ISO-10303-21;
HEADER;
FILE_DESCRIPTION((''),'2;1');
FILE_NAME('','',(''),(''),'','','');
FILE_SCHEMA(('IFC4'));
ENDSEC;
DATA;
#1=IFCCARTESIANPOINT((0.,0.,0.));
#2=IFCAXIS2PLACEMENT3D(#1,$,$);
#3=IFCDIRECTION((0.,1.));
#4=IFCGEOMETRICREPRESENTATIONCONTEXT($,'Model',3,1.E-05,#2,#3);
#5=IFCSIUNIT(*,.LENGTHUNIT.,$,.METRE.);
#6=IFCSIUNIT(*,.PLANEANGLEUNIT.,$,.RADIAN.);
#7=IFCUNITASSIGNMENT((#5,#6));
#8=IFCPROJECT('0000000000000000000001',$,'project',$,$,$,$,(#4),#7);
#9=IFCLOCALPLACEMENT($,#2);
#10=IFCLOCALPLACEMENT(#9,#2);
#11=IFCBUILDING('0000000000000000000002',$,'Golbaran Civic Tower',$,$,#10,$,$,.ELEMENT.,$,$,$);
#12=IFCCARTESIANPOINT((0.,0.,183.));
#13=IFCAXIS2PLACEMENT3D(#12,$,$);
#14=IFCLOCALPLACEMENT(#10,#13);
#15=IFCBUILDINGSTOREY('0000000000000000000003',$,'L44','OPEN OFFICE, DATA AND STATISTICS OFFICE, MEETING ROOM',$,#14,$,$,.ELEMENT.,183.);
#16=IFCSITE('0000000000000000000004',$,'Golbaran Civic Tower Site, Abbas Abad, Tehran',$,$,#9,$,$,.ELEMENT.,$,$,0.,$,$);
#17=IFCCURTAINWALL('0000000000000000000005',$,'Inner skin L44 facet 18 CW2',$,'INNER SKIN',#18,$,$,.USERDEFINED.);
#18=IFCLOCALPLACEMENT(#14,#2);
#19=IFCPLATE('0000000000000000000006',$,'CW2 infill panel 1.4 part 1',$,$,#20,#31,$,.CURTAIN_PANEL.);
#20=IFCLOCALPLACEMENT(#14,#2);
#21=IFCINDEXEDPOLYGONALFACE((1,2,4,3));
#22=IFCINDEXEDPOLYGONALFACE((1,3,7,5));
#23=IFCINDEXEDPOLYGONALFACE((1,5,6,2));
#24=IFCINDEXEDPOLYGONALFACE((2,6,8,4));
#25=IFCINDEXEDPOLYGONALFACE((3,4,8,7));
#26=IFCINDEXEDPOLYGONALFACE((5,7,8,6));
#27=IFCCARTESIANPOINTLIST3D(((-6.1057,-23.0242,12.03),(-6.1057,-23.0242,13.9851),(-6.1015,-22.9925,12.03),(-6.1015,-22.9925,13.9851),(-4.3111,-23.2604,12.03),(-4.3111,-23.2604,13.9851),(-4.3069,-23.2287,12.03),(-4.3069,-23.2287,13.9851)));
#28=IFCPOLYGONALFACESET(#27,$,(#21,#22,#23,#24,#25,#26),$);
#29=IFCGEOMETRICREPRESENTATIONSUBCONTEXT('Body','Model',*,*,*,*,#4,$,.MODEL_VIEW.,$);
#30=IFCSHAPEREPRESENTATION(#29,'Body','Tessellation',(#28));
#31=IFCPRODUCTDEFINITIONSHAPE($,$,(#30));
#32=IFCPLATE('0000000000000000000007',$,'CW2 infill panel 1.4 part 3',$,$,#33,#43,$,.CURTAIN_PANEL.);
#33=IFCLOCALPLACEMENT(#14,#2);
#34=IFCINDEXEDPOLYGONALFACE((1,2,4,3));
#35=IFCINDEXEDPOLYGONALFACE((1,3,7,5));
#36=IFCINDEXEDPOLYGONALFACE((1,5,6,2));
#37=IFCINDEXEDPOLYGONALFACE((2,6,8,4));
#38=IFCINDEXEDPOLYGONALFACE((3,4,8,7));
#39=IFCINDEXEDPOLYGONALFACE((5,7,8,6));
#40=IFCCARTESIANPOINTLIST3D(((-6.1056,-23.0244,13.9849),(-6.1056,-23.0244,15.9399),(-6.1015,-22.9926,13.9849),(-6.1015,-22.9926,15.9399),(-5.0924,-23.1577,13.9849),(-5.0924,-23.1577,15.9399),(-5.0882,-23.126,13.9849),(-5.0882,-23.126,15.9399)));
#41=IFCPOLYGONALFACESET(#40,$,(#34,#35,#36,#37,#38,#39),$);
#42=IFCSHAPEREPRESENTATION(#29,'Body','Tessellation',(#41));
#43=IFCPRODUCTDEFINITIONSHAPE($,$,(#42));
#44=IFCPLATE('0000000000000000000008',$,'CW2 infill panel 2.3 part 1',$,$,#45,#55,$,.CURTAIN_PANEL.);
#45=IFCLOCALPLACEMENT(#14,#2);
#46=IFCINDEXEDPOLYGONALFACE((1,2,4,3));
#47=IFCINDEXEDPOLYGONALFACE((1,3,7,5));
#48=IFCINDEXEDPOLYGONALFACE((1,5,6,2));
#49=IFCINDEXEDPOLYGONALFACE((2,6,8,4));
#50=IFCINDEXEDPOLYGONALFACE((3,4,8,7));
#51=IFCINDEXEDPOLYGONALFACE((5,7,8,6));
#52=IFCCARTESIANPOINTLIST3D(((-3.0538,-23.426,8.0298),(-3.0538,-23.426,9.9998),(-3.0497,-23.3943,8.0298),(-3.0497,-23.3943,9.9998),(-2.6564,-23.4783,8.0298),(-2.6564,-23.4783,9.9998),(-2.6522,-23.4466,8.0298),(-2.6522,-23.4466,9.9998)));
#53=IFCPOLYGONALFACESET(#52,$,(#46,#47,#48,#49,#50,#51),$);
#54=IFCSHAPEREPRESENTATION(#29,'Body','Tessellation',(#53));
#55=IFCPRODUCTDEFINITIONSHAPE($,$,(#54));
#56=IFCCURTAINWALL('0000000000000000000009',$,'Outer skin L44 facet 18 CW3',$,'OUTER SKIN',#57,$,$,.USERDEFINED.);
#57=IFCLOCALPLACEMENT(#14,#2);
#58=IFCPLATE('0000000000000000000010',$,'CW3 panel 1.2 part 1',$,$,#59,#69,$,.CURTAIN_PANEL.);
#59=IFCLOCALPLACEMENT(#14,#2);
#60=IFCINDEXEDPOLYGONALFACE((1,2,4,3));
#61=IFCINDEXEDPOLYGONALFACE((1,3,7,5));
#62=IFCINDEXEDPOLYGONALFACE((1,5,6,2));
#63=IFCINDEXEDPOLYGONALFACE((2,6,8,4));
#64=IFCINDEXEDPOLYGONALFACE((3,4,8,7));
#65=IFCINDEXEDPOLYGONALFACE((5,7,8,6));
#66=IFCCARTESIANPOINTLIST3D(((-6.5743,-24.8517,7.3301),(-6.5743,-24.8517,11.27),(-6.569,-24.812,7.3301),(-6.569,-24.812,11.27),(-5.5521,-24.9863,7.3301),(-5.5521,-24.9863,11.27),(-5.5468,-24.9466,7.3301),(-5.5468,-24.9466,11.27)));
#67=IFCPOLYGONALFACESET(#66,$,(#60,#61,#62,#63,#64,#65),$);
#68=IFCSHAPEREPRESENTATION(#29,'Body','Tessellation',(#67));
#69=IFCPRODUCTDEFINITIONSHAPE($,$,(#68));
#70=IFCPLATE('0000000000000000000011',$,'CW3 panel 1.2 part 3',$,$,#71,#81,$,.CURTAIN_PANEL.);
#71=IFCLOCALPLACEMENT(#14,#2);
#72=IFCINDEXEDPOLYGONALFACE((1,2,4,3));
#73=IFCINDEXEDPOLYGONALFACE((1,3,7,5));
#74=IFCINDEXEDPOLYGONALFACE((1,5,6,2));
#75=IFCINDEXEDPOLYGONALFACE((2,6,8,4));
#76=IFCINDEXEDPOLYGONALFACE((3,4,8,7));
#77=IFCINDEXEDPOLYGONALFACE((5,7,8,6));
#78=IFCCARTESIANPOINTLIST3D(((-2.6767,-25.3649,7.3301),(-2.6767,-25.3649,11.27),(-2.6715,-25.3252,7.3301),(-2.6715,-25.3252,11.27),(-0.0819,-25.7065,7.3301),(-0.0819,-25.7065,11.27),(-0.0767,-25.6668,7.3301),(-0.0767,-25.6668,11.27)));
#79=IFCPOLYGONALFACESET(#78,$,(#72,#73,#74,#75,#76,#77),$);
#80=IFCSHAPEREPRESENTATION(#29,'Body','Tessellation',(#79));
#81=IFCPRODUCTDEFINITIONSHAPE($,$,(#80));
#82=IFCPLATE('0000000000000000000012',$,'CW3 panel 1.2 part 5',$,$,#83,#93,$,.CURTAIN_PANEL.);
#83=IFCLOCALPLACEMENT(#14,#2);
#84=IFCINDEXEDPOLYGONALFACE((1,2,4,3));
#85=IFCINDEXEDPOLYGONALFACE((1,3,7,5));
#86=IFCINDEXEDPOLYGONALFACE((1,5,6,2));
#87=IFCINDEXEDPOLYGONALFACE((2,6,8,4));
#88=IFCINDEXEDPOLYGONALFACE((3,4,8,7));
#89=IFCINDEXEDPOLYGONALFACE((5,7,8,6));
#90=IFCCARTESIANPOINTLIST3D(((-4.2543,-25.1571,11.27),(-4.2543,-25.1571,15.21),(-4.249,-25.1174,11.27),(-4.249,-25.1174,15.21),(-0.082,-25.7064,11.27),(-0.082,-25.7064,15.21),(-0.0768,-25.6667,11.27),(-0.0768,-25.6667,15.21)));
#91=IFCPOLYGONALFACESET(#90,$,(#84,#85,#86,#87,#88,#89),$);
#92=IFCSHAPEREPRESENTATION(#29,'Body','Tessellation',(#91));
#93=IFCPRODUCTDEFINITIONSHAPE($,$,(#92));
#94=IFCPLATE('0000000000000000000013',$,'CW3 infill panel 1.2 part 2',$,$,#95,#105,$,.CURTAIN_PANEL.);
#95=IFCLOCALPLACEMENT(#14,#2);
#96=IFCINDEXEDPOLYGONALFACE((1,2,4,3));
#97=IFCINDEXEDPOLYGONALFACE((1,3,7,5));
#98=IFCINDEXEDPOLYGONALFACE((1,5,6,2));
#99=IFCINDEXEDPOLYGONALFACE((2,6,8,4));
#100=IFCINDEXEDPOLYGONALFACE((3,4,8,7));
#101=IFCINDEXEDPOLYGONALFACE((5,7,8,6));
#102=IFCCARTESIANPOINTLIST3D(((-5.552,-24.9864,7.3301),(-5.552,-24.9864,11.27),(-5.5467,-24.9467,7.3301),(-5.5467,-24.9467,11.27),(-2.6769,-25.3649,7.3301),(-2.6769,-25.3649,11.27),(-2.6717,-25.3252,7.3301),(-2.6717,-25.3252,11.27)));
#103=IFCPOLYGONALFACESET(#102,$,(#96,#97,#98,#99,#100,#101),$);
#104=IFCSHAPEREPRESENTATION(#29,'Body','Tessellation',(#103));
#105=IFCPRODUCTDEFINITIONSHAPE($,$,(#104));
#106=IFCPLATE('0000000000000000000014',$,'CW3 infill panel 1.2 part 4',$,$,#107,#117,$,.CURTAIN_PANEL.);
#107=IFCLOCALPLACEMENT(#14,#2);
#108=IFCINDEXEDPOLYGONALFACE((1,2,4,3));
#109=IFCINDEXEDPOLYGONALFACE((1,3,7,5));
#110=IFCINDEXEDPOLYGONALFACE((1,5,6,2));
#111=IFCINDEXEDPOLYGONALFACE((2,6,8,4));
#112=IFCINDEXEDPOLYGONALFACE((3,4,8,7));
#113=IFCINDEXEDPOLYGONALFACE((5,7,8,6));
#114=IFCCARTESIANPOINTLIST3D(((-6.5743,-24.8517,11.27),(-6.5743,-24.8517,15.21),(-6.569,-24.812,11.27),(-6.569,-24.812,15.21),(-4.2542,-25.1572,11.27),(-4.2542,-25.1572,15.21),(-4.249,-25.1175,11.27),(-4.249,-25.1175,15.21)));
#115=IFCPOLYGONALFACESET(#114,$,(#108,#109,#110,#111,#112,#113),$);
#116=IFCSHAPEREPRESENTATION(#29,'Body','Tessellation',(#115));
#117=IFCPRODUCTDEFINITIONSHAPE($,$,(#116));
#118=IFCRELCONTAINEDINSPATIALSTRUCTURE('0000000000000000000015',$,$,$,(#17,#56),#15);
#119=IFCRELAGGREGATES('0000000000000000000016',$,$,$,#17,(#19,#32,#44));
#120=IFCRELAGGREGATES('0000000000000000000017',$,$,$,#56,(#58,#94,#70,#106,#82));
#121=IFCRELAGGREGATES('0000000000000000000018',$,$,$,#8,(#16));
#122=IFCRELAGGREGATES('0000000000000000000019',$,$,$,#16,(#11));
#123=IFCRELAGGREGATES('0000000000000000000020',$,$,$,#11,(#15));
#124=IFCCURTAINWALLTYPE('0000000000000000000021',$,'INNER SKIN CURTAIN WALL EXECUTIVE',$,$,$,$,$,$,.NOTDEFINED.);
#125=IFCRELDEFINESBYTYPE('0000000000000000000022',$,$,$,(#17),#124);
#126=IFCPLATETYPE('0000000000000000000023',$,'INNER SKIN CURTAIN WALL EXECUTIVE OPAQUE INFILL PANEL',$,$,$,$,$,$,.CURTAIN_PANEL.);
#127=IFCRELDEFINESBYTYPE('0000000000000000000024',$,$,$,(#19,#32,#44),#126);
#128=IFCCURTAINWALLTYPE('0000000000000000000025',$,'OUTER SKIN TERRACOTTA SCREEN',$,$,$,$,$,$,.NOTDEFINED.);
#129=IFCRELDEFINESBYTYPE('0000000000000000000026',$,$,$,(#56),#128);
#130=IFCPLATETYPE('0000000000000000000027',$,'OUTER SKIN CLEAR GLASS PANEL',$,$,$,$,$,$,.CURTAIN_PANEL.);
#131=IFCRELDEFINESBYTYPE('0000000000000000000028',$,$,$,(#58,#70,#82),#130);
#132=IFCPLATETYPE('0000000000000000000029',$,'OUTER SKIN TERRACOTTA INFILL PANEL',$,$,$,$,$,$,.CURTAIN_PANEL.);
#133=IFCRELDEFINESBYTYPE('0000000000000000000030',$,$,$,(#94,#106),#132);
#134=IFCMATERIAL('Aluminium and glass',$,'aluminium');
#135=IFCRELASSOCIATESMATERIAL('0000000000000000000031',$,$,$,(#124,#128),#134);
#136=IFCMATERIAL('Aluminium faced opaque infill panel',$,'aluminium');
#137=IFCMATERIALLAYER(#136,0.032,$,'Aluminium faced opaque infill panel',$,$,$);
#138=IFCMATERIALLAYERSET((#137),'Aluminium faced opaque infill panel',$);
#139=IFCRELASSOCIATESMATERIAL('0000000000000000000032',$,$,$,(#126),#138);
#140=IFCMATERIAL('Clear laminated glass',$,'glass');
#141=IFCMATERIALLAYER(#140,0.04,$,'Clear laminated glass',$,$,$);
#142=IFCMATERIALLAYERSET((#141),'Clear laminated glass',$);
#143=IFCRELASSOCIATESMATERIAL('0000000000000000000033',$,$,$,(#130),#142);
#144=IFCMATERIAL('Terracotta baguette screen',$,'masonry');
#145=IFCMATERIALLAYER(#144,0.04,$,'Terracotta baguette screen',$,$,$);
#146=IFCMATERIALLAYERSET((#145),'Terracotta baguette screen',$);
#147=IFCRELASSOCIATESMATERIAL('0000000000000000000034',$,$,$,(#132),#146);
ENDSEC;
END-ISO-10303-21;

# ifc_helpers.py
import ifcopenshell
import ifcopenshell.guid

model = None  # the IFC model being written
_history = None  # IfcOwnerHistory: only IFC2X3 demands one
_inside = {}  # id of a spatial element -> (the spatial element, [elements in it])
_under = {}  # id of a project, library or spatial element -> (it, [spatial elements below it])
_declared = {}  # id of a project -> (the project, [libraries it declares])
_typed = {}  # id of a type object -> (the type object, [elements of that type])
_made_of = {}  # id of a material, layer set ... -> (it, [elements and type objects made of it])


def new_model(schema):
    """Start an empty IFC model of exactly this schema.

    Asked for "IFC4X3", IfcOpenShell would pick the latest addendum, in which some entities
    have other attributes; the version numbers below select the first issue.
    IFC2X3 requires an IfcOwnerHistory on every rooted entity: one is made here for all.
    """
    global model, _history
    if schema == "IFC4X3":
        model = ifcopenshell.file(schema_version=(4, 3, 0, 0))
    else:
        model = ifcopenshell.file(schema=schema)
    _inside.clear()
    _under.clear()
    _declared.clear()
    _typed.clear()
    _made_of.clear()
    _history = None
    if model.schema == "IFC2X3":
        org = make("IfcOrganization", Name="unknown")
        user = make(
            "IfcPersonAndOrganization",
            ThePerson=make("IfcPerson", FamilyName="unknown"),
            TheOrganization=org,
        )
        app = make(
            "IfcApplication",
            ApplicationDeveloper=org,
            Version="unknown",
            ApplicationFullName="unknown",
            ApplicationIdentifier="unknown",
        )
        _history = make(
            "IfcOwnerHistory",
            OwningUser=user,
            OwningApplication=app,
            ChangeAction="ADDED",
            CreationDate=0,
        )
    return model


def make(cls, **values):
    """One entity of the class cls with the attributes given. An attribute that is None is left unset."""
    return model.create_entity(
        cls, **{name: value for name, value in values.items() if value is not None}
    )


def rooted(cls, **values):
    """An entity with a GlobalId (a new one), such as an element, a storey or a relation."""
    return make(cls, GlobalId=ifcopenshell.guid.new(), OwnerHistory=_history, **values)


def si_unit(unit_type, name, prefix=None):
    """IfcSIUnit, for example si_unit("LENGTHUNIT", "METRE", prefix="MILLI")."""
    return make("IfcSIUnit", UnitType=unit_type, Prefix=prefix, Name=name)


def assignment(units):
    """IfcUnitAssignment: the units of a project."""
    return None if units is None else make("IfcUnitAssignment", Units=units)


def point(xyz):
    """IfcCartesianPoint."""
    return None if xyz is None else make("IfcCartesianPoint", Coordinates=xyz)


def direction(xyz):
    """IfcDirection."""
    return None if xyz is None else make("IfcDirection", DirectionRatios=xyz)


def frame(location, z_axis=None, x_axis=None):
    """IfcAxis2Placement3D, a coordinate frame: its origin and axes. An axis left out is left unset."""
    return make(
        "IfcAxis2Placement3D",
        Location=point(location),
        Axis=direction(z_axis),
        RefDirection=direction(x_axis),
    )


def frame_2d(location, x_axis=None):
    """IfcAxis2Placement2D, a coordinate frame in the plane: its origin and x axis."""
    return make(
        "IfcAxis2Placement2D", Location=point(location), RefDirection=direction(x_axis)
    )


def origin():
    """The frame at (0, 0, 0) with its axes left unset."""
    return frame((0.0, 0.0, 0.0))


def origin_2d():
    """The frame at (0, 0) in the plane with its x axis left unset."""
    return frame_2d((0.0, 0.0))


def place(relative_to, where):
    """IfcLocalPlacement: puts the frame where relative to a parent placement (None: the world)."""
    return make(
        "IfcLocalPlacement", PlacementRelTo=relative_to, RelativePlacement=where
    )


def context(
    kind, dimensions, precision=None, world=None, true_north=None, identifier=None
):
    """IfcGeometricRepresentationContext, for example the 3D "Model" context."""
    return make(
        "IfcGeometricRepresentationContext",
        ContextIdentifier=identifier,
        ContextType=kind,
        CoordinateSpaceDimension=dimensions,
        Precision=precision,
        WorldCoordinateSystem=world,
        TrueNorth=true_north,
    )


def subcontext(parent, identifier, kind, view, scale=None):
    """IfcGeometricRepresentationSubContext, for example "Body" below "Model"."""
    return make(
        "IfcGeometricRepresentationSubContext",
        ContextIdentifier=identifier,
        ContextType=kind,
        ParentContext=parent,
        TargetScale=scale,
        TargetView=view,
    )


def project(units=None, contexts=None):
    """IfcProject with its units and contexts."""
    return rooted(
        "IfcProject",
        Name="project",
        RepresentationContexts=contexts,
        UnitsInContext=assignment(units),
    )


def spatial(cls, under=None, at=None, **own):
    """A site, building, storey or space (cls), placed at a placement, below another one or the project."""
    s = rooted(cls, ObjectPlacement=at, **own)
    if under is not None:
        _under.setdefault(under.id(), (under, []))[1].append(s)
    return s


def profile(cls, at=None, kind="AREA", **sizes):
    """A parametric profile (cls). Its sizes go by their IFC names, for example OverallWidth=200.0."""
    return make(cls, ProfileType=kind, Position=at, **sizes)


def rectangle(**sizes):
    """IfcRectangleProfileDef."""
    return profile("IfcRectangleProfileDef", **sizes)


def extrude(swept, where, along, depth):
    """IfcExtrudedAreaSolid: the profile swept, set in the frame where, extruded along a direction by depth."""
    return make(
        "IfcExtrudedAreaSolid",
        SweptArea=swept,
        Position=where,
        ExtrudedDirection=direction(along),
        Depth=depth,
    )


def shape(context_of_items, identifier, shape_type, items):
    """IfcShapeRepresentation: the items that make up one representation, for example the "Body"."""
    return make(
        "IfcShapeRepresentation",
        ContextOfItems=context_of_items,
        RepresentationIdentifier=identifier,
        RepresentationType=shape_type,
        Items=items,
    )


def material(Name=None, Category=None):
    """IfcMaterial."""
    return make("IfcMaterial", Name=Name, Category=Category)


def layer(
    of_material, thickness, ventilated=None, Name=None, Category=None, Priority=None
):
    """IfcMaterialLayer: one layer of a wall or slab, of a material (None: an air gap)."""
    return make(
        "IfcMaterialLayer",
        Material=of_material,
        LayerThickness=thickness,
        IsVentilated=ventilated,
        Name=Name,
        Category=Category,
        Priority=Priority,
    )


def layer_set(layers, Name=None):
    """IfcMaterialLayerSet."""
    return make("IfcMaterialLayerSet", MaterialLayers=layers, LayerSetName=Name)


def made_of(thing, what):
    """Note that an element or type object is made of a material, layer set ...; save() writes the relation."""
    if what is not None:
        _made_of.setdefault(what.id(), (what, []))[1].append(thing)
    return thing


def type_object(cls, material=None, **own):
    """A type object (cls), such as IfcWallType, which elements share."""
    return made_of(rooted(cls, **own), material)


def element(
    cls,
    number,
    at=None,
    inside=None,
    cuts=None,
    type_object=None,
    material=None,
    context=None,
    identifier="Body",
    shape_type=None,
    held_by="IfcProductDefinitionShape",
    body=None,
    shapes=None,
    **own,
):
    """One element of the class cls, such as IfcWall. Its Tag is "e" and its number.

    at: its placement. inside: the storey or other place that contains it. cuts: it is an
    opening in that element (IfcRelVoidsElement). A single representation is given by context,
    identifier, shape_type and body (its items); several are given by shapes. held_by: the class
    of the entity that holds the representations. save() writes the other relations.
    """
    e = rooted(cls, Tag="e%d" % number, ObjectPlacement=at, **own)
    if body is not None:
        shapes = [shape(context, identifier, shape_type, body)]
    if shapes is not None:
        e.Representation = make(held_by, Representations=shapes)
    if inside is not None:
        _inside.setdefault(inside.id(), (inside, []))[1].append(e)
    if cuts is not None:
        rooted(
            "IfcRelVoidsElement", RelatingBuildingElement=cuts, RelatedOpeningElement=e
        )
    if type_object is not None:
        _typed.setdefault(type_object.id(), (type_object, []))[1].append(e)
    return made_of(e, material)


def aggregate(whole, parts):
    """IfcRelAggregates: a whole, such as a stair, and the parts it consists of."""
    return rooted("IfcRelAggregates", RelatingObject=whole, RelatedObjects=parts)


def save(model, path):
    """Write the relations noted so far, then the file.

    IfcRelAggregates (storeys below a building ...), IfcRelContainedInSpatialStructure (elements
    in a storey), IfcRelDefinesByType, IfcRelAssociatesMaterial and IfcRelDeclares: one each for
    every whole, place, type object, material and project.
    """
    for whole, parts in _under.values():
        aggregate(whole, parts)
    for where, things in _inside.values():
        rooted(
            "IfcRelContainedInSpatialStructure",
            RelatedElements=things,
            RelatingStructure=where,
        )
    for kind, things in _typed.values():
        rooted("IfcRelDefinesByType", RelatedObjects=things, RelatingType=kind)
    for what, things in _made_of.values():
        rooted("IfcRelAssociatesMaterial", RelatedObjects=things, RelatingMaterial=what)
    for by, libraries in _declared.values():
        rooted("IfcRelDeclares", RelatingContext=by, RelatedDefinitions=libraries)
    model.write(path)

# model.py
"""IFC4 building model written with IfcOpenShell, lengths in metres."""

from ifc_helpers import new_model, si_unit, direction, frame, origin, origin_2d, place, context, subcontext, project, spatial, rectangle, extrude, material, layer, layer_set, type_object, element, aggregate, save


model = new_model("IFC4")

# Units and contexts
model_context = context("Model", 3, precision=1e-05, world=origin(), true_north=direction((0.0, 1.0)))
body_context = subcontext(model_context, "Body", "Model", "MODEL_VIEW")
ifc_project = project(units=[si_unit("LENGTHUNIT", "METRE"), si_unit("PLANEANGLEUNIT", "RADIAN")], contexts=[model_context])

# Site, building, storey
site_placement = place(None, origin())
site = spatial("IfcSite", under=ifc_project, at=site_placement, Name="Golbaran Civic Tower Site, Abbas Abad, Tehran", CompositionType="ELEMENT", RefElevation=0.0)
building_placement = place(site_placement, origin())
building = spatial("IfcBuilding", under=site, at=building_placement, Name="Golbaran Civic Tower", CompositionType="ELEMENT")
storey_placement = place(building_placement, frame((0.0, 0.0, 183.0)))
storey = spatial("IfcBuildingStorey", under=building, at=storey_placement, Name="L44", Description="OPEN OFFICE, DATA AND STATISTICS OFFICE, MEETING ROOM", CompositionType="ELEMENT", Elevation=183.0)

# Curtain wall, plates
ifc_material_1 = material(Name="Aluminium and glass", Category="aluminium")
curtain_wall_type_1 = type_object("IfcCurtainWallType", Name="INNER SKIN CURTAIN WALL EXECUTIVE", PredefinedType="NOTDEFINED", material=ifc_material_1)
curtain_wall_1_placement = place(storey_placement, origin())
curtain_wall_1 = element("IfcCurtainWall", 1, at=curtain_wall_1_placement, inside=storey, type_object=curtain_wall_type_1, Name="Inner skin L44 facet 18 CW2", ObjectType="INNER SKIN", PredefinedType="USERDEFINED")
ifc_material_2 = material(Name="Aluminium faced opaque infill panel", Category="aluminium")
ifc_layer_1 = layer(ifc_material_2, 0.032, Name="Aluminium faced opaque infill panel")
ifc_layer_set_1 = layer_set([ifc_layer_1], Name="Aluminium faced opaque infill panel")
plate_type_1 = type_object("IfcPlateType", Name="INNER SKIN CURTAIN WALL EXECUTIVE OPAQUE INFILL PANEL", PredefinedType="CURTAIN_PANEL", material=ifc_layer_set_1)
plate_1_placement = place(storey_placement, frame((-5.2063, -23.1265, 12.03), z_axis=(0.0, 0.0, 1.0), x_axis=(0.991445, -0.130526, 0.0)))
plate_1 = element("IfcPlate", 2, at=plate_1_placement, type_object=plate_type_1, Name="CW2 infill panel 1.4 part 1", PredefinedType="CURTAIN_PANEL", context=body_context, shape_type="SweptSolid", body=[
    extrude(rectangle(XDim=1.8101, YDim=0.032, at=origin_2d()), origin(), (0.0, 0.0, 1.0), 1.9551),
])
plate_2_placement = place(storey_placement, frame((-5.5969, -23.0752, 13.9849), z_axis=(0.0, 0.0, 1.0), x_axis=(0.991445, -0.130526, 0.0)))
plate_2 = element("IfcPlate", 3, at=plate_2_placement, type_object=plate_type_1, Name="CW2 infill panel 1.4 part 3", PredefinedType="CURTAIN_PANEL", context=body_context, shape_type="SweptSolid", body=[
    extrude(rectangle(XDim=1.022, YDim=0.032, at=origin_2d()), origin(), (0.0, 0.0, 1.0), 1.9551),
])
plate_3_placement = place(storey_placement, frame((-2.853, -23.4363, 8.0298), z_axis=(0.0, 0.0, 1.0), x_axis=(0.991445, -0.130526, 0.0)))
plate_3 = element("IfcPlate", 4, at=plate_3_placement, type_object=plate_type_1, Name="CW2 infill panel 2.3 part 1", PredefinedType="CURTAIN_PANEL", context=body_context, shape_type="SweptSolid", body=[
    extrude(rectangle(XDim=0.4009, YDim=0.032, at=origin_2d()), origin(), (0.0, 0.0, 1.0), 1.97),
])
aggregate(curtain_wall_1, [plate_1, plate_2, plate_3])

# Curtain wall, plates
curtain_wall_type_2 = type_object("IfcCurtainWallType", Name="OUTER SKIN TERRACOTTA SCREEN", PredefinedType="NOTDEFINED", material=ifc_material_1)
curtain_wall_2_placement = place(storey_placement, origin())
curtain_wall_2 = element("IfcCurtainWall", 5, at=curtain_wall_2_placement, inside=storey, type_object=curtain_wall_type_2, Name="Outer skin L44 facet 18 CW3", ObjectType="OUTER SKIN", PredefinedType="USERDEFINED")
ifc_material_3 = material(Name="Clear laminated glass", Category="glass")
ifc_layer_2 = layer(ifc_material_3, 0.04, Name="Clear laminated glass")
ifc_layer_set_2 = layer_set([ifc_layer_2], Name="Clear laminated glass")
plate_type_2 = type_object("IfcPlateType", Name="OUTER SKIN CLEAR GLASS PANEL", PredefinedType="CURTAIN_PANEL", material=ifc_layer_set_2)
plate_4_placement = place(storey_placement, frame((-6.0605, -24.8992, 7.3301), z_axis=(0.0, 0.0, 1.0), x_axis=(0.991445, -0.130526, 0.0)))
plate_4 = element("IfcPlate", 6, at=plate_4_placement, type_object=plate_type_2, Name="CW3 panel 1.2 part 1", PredefinedType="CURTAIN_PANEL", context=body_context, shape_type="SweptSolid", body=[
    extrude(rectangle(XDim=1.031, YDim=0.04, at=origin_2d()), origin(), (0.0, 0.0, 1.0), 3.9399),
])
plate_5_placement = place(storey_placement, frame((-1.3767, -25.5159, 7.3301), z_axis=(0.0, 0.0, 1.0), x_axis=(0.991445, -0.130526, 0.0)))
plate_5 = element("IfcPlate", 7, at=plate_5_placement, type_object=plate_type_2, Name="CW3 panel 1.2 part 3", PredefinedType="CURTAIN_PANEL", context=body_context, shape_type="SweptSolid", body=[
    extrude(rectangle(XDim=2.6172, YDim=0.04, at=origin_2d()), origin(), (0.0, 0.0, 1.0), 3.9399),
])
plate_6_placement = place(storey_placement, frame((-2.1655, -25.4119, 11.27), z_axis=(0.0, 0.0, 1.0), x_axis=(0.991445, -0.130526, 0.0)))
plate_6 = element("IfcPlate", 8, at=plate_6_placement, type_object=plate_type_2, Name="CW3 panel 1.2 part 5", PredefinedType="CURTAIN_PANEL", context=body_context, shape_type="SweptSolid", body=[
    extrude(rectangle(XDim=4.2083, YDim=0.04, at=origin_2d()), origin(), (0.0, 0.0, 1.0), 3.9399),
])
ifc_material_4 = material(Name="Terracotta baguette screen", Category="masonry")
ifc_layer_3 = layer(ifc_material_4, 0.04, Name="Terracotta baguette screen")
ifc_layer_set_3 = layer_set([ifc_layer_3], Name="Terracotta baguette screen")
plate_type_3 = type_object("IfcPlateType", Name="OUTER SKIN TERRACOTTA INFILL PANEL", PredefinedType="CURTAIN_PANEL", material=ifc_layer_set_3)
plate_7_placement = place(storey_placement, frame((-4.1118, -25.1558, 7.3301), z_axis=(0.0, 0.0, 1.0), x_axis=(0.991445, -0.130526, 0.0)))
plate_7 = element("IfcPlate", 9, at=plate_7_placement, type_object=plate_type_3, Name="CW3 infill panel 1.2 part 2", PredefinedType="CURTAIN_PANEL", context=body_context, shape_type="SweptSolid", body=[
    extrude(rectangle(XDim=2.8999, YDim=0.04, at=origin_2d()), origin(), (0.0, 0.0, 1.0), 3.9399),
])
plate_8_placement = place(storey_placement, frame((-5.4116, -24.9846, 11.27), z_axis=(0.0, 0.0, 1.0), x_axis=(0.991445, -0.130526, 0.0)))
plate_8 = element("IfcPlate", 10, at=plate_8_placement, type_object=plate_type_3, Name="CW3 infill panel 1.2 part 4", PredefinedType="CURTAIN_PANEL", context=body_context, shape_type="SweptSolid", body=[
    extrude(rectangle(XDim=2.3401, YDim=0.04, at=origin_2d()), origin(), (0.0, 0.0, 1.0), 3.9399),
])
aggregate(curtain_wall_2, [plate_4, plate_7, plate_5, plate_8, plate_6])

save(model, "model.ifc")
